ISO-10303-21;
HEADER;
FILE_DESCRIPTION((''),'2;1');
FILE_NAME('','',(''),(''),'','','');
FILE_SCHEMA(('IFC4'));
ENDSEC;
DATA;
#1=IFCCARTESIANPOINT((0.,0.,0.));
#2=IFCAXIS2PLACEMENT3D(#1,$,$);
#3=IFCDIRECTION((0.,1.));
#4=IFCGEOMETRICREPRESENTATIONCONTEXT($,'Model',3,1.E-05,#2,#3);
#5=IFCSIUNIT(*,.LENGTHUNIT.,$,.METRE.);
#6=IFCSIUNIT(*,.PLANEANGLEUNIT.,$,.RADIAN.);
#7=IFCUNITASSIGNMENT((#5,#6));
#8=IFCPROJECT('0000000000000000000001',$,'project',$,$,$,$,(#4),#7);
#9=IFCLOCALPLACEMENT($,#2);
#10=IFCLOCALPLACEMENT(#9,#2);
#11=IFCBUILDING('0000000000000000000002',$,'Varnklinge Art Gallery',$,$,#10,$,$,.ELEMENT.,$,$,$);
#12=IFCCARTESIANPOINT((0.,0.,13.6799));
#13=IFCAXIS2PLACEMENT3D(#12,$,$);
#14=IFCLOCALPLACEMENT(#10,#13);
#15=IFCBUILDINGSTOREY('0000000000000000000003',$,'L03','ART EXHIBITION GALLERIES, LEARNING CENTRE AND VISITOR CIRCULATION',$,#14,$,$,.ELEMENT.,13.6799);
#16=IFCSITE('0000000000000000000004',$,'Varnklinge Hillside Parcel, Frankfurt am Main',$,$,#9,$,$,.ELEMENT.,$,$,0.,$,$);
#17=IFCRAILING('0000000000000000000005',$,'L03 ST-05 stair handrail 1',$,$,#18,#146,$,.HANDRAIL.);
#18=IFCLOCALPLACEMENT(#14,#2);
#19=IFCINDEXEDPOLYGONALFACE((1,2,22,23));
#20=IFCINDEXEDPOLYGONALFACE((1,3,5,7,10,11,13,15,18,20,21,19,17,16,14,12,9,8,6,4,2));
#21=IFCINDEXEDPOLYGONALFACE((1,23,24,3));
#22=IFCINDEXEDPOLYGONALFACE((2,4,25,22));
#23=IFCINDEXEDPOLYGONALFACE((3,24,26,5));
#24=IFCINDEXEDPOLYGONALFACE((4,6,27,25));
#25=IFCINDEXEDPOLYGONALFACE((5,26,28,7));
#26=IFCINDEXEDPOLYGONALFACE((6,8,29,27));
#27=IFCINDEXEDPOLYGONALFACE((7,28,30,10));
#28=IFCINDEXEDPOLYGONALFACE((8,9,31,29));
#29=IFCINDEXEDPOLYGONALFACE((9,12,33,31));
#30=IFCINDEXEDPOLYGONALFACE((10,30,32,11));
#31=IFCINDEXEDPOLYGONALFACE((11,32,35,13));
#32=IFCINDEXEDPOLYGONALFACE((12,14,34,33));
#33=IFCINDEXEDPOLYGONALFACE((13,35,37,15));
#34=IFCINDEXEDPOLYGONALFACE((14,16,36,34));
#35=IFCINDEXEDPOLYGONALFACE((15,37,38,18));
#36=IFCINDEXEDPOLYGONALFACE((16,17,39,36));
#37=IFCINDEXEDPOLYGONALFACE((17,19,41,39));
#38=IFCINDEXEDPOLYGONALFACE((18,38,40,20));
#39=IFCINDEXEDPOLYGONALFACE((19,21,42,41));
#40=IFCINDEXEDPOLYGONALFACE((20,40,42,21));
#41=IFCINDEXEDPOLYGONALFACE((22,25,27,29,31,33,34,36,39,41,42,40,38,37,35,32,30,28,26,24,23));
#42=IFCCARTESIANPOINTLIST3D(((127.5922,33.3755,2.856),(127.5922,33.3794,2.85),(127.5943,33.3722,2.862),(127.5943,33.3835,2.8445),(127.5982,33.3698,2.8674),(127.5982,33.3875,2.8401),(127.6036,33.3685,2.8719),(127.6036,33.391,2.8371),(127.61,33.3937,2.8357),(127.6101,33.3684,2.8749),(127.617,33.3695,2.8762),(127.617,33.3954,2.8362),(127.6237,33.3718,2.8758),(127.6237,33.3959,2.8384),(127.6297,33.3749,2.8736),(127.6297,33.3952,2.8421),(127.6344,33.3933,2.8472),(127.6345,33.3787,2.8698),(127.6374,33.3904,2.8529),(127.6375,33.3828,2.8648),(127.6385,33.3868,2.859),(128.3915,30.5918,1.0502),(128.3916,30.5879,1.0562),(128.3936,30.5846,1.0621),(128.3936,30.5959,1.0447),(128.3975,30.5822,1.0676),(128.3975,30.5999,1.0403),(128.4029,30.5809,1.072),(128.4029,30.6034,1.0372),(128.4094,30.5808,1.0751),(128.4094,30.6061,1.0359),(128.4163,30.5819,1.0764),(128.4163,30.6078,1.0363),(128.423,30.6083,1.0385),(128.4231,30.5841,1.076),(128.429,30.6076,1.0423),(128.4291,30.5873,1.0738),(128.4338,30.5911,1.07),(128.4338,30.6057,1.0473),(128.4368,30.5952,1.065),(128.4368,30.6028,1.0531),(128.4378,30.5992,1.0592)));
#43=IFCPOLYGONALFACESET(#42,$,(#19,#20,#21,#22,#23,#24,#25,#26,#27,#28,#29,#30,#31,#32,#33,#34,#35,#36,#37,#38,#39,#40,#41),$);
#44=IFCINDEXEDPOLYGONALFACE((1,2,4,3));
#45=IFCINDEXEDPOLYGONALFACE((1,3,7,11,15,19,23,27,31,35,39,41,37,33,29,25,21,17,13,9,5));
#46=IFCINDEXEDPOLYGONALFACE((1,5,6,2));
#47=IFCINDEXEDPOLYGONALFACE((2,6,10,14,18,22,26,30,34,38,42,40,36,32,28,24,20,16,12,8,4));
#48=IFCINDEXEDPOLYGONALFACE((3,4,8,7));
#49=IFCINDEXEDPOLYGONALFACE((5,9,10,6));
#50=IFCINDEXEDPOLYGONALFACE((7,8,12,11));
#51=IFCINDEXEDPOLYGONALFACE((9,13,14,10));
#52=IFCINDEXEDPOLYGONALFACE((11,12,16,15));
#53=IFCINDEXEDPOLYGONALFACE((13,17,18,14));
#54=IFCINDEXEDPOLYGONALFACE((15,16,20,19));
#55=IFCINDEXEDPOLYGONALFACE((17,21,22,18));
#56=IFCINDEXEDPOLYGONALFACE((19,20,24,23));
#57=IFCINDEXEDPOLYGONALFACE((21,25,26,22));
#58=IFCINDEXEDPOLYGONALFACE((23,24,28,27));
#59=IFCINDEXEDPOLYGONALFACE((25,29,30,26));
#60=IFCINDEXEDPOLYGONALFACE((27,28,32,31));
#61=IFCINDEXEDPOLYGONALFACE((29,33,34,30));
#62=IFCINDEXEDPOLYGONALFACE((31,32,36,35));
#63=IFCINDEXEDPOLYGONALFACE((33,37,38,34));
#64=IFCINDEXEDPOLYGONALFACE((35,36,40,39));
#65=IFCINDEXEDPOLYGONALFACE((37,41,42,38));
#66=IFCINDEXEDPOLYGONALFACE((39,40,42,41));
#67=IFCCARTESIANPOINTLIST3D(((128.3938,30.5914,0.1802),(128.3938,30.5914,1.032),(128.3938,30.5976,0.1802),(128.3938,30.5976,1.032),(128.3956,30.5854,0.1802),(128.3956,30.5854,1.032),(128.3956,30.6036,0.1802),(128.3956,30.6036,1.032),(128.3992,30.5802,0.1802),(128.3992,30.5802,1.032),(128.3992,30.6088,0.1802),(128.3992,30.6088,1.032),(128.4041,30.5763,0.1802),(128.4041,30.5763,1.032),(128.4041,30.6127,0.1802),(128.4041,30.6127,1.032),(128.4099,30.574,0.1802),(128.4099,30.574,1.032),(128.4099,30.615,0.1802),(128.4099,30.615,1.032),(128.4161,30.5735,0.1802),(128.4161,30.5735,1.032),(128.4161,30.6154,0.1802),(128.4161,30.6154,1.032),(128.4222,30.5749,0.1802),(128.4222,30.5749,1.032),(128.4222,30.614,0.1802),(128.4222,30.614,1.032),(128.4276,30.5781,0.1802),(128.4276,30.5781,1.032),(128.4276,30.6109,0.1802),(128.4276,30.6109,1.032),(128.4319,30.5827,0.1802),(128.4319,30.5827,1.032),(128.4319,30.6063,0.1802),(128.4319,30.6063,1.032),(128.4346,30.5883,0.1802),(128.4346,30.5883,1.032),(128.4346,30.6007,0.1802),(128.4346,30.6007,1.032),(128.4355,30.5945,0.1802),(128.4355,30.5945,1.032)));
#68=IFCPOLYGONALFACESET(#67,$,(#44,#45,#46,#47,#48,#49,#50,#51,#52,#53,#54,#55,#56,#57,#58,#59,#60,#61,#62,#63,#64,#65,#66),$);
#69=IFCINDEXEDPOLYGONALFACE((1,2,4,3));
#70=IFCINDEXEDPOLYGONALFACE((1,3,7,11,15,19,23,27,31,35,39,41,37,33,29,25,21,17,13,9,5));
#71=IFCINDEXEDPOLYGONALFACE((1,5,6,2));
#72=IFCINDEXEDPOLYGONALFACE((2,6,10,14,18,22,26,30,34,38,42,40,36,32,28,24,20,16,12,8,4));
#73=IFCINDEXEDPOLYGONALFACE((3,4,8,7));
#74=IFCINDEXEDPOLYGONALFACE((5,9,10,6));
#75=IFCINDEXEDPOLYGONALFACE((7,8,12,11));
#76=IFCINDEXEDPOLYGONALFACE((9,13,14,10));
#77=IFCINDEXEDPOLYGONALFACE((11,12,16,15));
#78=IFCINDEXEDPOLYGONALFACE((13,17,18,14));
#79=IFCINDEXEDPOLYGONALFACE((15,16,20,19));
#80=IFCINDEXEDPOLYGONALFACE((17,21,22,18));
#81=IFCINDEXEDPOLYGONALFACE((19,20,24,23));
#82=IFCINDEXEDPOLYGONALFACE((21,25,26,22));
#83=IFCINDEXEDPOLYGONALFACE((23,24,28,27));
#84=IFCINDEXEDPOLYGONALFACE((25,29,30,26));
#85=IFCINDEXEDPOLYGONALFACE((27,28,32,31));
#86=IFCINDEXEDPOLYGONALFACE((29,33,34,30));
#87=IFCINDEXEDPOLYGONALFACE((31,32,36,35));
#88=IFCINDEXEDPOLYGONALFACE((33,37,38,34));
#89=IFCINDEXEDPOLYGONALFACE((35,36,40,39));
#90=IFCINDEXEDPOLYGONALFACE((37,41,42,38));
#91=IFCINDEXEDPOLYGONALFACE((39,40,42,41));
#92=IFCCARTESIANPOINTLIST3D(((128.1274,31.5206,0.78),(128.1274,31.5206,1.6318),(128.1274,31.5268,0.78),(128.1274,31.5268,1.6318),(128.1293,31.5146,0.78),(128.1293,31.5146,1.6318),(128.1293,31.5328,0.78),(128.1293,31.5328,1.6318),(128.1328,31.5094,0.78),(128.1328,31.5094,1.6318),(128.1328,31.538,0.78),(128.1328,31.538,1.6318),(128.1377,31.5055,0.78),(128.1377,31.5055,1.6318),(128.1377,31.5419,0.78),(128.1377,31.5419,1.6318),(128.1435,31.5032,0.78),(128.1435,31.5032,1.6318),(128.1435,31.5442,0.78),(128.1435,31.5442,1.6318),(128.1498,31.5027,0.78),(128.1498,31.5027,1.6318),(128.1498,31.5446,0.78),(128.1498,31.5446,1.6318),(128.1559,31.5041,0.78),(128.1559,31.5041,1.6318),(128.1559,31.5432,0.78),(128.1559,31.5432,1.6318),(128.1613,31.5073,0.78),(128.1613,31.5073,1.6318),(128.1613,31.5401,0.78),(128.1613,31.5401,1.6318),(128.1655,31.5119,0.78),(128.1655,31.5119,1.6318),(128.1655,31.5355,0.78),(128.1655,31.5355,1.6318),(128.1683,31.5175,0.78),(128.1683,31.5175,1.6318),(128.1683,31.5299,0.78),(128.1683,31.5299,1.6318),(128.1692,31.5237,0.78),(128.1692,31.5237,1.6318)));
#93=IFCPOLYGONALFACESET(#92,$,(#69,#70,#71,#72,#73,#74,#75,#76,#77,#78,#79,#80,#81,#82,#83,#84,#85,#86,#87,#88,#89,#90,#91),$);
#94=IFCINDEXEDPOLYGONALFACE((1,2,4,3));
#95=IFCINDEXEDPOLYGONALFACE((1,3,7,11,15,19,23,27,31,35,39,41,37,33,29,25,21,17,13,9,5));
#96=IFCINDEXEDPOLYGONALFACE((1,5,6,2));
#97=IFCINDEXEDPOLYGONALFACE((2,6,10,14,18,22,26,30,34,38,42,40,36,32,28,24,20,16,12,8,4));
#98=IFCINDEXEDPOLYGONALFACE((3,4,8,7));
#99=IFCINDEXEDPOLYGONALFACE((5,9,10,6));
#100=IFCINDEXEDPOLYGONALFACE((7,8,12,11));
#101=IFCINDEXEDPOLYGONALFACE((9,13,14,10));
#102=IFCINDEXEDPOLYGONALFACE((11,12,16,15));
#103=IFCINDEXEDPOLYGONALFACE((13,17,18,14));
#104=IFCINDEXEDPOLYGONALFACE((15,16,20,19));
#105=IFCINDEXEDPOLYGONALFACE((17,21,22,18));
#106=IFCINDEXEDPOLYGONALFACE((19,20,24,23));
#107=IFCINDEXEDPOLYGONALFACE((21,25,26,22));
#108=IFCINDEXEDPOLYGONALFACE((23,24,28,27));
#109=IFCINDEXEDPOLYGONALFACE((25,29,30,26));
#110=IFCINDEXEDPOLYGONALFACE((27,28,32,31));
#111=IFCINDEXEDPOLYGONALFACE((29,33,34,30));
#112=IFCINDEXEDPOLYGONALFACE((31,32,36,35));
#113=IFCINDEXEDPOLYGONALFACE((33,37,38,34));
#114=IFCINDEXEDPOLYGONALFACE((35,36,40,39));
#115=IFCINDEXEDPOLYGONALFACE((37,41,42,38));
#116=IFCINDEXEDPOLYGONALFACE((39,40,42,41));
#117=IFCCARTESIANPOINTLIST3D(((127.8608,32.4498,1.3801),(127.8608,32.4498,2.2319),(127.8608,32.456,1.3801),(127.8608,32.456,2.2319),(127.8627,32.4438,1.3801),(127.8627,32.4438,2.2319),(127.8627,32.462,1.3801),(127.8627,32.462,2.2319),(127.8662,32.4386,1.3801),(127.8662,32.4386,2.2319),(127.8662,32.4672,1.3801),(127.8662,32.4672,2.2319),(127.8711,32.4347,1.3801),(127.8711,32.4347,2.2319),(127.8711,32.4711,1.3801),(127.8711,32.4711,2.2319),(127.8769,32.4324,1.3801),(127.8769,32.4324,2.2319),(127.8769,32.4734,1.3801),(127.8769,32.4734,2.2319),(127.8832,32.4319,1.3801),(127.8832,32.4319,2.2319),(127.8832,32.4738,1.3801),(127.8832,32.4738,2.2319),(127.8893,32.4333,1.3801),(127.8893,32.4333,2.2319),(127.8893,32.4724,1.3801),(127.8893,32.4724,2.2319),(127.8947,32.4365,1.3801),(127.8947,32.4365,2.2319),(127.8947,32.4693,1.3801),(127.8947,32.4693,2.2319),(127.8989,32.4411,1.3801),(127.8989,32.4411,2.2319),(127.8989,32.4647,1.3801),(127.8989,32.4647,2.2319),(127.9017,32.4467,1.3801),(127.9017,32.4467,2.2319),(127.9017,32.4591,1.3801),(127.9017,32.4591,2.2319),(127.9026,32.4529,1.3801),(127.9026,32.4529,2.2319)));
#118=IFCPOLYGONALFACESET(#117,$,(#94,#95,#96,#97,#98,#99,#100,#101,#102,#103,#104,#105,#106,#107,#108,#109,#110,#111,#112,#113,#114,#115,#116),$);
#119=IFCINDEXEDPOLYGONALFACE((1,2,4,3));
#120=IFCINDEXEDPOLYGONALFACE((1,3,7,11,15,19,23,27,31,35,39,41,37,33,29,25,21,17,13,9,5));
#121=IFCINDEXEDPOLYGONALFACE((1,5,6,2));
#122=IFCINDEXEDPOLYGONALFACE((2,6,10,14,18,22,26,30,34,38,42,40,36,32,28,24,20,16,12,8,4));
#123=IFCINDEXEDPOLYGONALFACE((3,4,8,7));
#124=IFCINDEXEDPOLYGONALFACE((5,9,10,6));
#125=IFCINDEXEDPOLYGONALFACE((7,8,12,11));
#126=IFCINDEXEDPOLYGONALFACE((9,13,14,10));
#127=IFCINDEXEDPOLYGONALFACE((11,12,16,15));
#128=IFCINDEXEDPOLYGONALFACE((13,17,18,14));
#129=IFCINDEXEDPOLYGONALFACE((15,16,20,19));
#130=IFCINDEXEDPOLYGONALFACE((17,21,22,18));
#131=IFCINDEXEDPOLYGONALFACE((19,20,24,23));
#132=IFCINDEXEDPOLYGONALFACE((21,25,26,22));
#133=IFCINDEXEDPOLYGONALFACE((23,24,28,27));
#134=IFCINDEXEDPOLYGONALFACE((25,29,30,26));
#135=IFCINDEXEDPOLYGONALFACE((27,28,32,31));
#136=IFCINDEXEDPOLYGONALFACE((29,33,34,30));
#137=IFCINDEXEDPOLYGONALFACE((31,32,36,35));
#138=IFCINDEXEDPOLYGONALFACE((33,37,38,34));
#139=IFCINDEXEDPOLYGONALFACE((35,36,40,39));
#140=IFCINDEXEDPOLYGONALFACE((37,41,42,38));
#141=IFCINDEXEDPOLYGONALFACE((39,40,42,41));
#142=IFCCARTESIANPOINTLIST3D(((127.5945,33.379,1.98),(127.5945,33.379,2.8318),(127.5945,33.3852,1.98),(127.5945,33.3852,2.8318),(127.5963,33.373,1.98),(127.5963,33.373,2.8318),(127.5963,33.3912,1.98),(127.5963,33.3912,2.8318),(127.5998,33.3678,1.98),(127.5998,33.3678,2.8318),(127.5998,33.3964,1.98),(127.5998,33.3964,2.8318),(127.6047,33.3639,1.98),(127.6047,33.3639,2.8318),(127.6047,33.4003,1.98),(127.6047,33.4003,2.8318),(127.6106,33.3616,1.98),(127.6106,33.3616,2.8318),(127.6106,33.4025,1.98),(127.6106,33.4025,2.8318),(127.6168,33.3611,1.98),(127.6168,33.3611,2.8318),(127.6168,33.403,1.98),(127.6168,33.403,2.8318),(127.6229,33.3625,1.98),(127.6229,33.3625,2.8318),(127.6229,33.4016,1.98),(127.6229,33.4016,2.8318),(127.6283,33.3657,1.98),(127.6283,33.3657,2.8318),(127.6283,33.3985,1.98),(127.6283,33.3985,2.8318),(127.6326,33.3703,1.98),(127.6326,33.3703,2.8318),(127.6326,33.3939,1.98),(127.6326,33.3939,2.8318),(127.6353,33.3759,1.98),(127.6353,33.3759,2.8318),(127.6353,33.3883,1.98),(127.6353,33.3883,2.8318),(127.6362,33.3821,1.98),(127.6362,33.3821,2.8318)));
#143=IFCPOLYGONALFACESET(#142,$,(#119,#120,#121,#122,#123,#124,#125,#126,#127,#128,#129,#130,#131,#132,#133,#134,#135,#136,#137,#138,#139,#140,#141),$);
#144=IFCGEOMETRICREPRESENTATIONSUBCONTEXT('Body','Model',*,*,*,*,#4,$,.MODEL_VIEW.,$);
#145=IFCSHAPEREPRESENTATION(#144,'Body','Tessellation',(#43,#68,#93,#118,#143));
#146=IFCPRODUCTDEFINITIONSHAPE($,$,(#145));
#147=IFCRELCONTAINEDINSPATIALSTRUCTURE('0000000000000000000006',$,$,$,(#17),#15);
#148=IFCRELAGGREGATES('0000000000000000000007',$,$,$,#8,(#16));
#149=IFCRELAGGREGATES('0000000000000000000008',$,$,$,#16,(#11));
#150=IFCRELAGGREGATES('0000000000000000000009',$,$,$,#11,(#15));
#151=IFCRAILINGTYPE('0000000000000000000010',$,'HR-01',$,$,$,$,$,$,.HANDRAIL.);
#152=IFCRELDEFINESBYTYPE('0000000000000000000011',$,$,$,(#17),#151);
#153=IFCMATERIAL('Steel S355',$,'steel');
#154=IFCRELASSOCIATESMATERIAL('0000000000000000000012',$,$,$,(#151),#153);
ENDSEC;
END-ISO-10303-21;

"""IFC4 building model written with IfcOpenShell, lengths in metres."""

from ifc_helpers import new_model, si_unit, direction, frame, origin, origin_2d, place, context, subcontext, project, spatial, circle, extrude, material, type_object, element, save


model = new_model("IFC4")

# Units and contexts
model_context = context("Model", 3, precision=1e-05, world=origin(), true_north=direction((0.0, 1.0)))
body_context = subcontext(model_context, "Body", "Model", "MODEL_VIEW")
ifc_project = project(units=[si_unit("LENGTHUNIT", "METRE"), si_unit("PLANEANGLEUNIT", "RADIAN")], contexts=[model_context])

# Site, building, storey
site_placement = place(None, origin())
site = spatial("IfcSite", under=ifc_project, at=site_placement, Name="Varnklinge Hillside Parcel, Frankfurt am Main", CompositionType="ELEMENT", RefElevation=0.0)
building_placement = place(site_placement, origin())
building = spatial("IfcBuilding", under=site, at=building_placement, Name="Varnklinge Art Gallery", CompositionType="ELEMENT")
storey_placement = place(building_placement, frame((0.0, 0.0, 13.6799)))
storey = spatial("IfcBuildingStorey", under=building, at=storey_placement, Name="L03", Description="ART EXHIBITION GALLERIES, LEARNING CENTRE AND VISITOR CIRCULATION", CompositionType="ELEMENT", Elevation=13.6799)

# Railing
ifc_material_1 = material(Name="Steel S355", Category="steel")
railing_type_1 = type_object("IfcRailingType", Name="HR-01", PredefinedType="HANDRAIL", material=ifc_material_1)
railing_1_placement = place(storey_placement, frame((128.4146, 30.5945, 0.1802)))
element("IfcRailing", 1, at=railing_1_placement, inside=storey, type_object=railing_type_1, Name="L03 ST-05 stair handrail 1", PredefinedType="HANDRAIL", context=body_context, shape_type="SweptSolid", body=[
    extrude(circle(Radius=0.0239, at=origin_2d()), frame((0.0, 0.0, 0.876), z_axis=(-0.234194, 0.816747, 0.52733), x_axis=(-0.961263, -0.275633, 0.0)), (0.0, 0.0, 1.0), 3.4131),
    extrude(circle(Radius=0.021, at=origin_2d()), origin(), (0.0, 0.0, 1.0), 0.8518),
    extrude(circle(Radius=0.021, at=origin_2d()), frame((-0.2664, 0.9292, 0.5999)), (0.0, 0.0, 1.0), 0.8518),
    extrude(circle(Radius=0.021, at=origin_2d()), frame((-0.533, 1.8584, 1.2)), (0.0, 0.0, 1.0), 0.8518),
    extrude(circle(Radius=0.021, at=origin_2d()), frame((-0.7993, 2.7876, 1.7998)), (0.0, 0.0, 1.0), 0.8518),
])

save(model, "model.ifc")
